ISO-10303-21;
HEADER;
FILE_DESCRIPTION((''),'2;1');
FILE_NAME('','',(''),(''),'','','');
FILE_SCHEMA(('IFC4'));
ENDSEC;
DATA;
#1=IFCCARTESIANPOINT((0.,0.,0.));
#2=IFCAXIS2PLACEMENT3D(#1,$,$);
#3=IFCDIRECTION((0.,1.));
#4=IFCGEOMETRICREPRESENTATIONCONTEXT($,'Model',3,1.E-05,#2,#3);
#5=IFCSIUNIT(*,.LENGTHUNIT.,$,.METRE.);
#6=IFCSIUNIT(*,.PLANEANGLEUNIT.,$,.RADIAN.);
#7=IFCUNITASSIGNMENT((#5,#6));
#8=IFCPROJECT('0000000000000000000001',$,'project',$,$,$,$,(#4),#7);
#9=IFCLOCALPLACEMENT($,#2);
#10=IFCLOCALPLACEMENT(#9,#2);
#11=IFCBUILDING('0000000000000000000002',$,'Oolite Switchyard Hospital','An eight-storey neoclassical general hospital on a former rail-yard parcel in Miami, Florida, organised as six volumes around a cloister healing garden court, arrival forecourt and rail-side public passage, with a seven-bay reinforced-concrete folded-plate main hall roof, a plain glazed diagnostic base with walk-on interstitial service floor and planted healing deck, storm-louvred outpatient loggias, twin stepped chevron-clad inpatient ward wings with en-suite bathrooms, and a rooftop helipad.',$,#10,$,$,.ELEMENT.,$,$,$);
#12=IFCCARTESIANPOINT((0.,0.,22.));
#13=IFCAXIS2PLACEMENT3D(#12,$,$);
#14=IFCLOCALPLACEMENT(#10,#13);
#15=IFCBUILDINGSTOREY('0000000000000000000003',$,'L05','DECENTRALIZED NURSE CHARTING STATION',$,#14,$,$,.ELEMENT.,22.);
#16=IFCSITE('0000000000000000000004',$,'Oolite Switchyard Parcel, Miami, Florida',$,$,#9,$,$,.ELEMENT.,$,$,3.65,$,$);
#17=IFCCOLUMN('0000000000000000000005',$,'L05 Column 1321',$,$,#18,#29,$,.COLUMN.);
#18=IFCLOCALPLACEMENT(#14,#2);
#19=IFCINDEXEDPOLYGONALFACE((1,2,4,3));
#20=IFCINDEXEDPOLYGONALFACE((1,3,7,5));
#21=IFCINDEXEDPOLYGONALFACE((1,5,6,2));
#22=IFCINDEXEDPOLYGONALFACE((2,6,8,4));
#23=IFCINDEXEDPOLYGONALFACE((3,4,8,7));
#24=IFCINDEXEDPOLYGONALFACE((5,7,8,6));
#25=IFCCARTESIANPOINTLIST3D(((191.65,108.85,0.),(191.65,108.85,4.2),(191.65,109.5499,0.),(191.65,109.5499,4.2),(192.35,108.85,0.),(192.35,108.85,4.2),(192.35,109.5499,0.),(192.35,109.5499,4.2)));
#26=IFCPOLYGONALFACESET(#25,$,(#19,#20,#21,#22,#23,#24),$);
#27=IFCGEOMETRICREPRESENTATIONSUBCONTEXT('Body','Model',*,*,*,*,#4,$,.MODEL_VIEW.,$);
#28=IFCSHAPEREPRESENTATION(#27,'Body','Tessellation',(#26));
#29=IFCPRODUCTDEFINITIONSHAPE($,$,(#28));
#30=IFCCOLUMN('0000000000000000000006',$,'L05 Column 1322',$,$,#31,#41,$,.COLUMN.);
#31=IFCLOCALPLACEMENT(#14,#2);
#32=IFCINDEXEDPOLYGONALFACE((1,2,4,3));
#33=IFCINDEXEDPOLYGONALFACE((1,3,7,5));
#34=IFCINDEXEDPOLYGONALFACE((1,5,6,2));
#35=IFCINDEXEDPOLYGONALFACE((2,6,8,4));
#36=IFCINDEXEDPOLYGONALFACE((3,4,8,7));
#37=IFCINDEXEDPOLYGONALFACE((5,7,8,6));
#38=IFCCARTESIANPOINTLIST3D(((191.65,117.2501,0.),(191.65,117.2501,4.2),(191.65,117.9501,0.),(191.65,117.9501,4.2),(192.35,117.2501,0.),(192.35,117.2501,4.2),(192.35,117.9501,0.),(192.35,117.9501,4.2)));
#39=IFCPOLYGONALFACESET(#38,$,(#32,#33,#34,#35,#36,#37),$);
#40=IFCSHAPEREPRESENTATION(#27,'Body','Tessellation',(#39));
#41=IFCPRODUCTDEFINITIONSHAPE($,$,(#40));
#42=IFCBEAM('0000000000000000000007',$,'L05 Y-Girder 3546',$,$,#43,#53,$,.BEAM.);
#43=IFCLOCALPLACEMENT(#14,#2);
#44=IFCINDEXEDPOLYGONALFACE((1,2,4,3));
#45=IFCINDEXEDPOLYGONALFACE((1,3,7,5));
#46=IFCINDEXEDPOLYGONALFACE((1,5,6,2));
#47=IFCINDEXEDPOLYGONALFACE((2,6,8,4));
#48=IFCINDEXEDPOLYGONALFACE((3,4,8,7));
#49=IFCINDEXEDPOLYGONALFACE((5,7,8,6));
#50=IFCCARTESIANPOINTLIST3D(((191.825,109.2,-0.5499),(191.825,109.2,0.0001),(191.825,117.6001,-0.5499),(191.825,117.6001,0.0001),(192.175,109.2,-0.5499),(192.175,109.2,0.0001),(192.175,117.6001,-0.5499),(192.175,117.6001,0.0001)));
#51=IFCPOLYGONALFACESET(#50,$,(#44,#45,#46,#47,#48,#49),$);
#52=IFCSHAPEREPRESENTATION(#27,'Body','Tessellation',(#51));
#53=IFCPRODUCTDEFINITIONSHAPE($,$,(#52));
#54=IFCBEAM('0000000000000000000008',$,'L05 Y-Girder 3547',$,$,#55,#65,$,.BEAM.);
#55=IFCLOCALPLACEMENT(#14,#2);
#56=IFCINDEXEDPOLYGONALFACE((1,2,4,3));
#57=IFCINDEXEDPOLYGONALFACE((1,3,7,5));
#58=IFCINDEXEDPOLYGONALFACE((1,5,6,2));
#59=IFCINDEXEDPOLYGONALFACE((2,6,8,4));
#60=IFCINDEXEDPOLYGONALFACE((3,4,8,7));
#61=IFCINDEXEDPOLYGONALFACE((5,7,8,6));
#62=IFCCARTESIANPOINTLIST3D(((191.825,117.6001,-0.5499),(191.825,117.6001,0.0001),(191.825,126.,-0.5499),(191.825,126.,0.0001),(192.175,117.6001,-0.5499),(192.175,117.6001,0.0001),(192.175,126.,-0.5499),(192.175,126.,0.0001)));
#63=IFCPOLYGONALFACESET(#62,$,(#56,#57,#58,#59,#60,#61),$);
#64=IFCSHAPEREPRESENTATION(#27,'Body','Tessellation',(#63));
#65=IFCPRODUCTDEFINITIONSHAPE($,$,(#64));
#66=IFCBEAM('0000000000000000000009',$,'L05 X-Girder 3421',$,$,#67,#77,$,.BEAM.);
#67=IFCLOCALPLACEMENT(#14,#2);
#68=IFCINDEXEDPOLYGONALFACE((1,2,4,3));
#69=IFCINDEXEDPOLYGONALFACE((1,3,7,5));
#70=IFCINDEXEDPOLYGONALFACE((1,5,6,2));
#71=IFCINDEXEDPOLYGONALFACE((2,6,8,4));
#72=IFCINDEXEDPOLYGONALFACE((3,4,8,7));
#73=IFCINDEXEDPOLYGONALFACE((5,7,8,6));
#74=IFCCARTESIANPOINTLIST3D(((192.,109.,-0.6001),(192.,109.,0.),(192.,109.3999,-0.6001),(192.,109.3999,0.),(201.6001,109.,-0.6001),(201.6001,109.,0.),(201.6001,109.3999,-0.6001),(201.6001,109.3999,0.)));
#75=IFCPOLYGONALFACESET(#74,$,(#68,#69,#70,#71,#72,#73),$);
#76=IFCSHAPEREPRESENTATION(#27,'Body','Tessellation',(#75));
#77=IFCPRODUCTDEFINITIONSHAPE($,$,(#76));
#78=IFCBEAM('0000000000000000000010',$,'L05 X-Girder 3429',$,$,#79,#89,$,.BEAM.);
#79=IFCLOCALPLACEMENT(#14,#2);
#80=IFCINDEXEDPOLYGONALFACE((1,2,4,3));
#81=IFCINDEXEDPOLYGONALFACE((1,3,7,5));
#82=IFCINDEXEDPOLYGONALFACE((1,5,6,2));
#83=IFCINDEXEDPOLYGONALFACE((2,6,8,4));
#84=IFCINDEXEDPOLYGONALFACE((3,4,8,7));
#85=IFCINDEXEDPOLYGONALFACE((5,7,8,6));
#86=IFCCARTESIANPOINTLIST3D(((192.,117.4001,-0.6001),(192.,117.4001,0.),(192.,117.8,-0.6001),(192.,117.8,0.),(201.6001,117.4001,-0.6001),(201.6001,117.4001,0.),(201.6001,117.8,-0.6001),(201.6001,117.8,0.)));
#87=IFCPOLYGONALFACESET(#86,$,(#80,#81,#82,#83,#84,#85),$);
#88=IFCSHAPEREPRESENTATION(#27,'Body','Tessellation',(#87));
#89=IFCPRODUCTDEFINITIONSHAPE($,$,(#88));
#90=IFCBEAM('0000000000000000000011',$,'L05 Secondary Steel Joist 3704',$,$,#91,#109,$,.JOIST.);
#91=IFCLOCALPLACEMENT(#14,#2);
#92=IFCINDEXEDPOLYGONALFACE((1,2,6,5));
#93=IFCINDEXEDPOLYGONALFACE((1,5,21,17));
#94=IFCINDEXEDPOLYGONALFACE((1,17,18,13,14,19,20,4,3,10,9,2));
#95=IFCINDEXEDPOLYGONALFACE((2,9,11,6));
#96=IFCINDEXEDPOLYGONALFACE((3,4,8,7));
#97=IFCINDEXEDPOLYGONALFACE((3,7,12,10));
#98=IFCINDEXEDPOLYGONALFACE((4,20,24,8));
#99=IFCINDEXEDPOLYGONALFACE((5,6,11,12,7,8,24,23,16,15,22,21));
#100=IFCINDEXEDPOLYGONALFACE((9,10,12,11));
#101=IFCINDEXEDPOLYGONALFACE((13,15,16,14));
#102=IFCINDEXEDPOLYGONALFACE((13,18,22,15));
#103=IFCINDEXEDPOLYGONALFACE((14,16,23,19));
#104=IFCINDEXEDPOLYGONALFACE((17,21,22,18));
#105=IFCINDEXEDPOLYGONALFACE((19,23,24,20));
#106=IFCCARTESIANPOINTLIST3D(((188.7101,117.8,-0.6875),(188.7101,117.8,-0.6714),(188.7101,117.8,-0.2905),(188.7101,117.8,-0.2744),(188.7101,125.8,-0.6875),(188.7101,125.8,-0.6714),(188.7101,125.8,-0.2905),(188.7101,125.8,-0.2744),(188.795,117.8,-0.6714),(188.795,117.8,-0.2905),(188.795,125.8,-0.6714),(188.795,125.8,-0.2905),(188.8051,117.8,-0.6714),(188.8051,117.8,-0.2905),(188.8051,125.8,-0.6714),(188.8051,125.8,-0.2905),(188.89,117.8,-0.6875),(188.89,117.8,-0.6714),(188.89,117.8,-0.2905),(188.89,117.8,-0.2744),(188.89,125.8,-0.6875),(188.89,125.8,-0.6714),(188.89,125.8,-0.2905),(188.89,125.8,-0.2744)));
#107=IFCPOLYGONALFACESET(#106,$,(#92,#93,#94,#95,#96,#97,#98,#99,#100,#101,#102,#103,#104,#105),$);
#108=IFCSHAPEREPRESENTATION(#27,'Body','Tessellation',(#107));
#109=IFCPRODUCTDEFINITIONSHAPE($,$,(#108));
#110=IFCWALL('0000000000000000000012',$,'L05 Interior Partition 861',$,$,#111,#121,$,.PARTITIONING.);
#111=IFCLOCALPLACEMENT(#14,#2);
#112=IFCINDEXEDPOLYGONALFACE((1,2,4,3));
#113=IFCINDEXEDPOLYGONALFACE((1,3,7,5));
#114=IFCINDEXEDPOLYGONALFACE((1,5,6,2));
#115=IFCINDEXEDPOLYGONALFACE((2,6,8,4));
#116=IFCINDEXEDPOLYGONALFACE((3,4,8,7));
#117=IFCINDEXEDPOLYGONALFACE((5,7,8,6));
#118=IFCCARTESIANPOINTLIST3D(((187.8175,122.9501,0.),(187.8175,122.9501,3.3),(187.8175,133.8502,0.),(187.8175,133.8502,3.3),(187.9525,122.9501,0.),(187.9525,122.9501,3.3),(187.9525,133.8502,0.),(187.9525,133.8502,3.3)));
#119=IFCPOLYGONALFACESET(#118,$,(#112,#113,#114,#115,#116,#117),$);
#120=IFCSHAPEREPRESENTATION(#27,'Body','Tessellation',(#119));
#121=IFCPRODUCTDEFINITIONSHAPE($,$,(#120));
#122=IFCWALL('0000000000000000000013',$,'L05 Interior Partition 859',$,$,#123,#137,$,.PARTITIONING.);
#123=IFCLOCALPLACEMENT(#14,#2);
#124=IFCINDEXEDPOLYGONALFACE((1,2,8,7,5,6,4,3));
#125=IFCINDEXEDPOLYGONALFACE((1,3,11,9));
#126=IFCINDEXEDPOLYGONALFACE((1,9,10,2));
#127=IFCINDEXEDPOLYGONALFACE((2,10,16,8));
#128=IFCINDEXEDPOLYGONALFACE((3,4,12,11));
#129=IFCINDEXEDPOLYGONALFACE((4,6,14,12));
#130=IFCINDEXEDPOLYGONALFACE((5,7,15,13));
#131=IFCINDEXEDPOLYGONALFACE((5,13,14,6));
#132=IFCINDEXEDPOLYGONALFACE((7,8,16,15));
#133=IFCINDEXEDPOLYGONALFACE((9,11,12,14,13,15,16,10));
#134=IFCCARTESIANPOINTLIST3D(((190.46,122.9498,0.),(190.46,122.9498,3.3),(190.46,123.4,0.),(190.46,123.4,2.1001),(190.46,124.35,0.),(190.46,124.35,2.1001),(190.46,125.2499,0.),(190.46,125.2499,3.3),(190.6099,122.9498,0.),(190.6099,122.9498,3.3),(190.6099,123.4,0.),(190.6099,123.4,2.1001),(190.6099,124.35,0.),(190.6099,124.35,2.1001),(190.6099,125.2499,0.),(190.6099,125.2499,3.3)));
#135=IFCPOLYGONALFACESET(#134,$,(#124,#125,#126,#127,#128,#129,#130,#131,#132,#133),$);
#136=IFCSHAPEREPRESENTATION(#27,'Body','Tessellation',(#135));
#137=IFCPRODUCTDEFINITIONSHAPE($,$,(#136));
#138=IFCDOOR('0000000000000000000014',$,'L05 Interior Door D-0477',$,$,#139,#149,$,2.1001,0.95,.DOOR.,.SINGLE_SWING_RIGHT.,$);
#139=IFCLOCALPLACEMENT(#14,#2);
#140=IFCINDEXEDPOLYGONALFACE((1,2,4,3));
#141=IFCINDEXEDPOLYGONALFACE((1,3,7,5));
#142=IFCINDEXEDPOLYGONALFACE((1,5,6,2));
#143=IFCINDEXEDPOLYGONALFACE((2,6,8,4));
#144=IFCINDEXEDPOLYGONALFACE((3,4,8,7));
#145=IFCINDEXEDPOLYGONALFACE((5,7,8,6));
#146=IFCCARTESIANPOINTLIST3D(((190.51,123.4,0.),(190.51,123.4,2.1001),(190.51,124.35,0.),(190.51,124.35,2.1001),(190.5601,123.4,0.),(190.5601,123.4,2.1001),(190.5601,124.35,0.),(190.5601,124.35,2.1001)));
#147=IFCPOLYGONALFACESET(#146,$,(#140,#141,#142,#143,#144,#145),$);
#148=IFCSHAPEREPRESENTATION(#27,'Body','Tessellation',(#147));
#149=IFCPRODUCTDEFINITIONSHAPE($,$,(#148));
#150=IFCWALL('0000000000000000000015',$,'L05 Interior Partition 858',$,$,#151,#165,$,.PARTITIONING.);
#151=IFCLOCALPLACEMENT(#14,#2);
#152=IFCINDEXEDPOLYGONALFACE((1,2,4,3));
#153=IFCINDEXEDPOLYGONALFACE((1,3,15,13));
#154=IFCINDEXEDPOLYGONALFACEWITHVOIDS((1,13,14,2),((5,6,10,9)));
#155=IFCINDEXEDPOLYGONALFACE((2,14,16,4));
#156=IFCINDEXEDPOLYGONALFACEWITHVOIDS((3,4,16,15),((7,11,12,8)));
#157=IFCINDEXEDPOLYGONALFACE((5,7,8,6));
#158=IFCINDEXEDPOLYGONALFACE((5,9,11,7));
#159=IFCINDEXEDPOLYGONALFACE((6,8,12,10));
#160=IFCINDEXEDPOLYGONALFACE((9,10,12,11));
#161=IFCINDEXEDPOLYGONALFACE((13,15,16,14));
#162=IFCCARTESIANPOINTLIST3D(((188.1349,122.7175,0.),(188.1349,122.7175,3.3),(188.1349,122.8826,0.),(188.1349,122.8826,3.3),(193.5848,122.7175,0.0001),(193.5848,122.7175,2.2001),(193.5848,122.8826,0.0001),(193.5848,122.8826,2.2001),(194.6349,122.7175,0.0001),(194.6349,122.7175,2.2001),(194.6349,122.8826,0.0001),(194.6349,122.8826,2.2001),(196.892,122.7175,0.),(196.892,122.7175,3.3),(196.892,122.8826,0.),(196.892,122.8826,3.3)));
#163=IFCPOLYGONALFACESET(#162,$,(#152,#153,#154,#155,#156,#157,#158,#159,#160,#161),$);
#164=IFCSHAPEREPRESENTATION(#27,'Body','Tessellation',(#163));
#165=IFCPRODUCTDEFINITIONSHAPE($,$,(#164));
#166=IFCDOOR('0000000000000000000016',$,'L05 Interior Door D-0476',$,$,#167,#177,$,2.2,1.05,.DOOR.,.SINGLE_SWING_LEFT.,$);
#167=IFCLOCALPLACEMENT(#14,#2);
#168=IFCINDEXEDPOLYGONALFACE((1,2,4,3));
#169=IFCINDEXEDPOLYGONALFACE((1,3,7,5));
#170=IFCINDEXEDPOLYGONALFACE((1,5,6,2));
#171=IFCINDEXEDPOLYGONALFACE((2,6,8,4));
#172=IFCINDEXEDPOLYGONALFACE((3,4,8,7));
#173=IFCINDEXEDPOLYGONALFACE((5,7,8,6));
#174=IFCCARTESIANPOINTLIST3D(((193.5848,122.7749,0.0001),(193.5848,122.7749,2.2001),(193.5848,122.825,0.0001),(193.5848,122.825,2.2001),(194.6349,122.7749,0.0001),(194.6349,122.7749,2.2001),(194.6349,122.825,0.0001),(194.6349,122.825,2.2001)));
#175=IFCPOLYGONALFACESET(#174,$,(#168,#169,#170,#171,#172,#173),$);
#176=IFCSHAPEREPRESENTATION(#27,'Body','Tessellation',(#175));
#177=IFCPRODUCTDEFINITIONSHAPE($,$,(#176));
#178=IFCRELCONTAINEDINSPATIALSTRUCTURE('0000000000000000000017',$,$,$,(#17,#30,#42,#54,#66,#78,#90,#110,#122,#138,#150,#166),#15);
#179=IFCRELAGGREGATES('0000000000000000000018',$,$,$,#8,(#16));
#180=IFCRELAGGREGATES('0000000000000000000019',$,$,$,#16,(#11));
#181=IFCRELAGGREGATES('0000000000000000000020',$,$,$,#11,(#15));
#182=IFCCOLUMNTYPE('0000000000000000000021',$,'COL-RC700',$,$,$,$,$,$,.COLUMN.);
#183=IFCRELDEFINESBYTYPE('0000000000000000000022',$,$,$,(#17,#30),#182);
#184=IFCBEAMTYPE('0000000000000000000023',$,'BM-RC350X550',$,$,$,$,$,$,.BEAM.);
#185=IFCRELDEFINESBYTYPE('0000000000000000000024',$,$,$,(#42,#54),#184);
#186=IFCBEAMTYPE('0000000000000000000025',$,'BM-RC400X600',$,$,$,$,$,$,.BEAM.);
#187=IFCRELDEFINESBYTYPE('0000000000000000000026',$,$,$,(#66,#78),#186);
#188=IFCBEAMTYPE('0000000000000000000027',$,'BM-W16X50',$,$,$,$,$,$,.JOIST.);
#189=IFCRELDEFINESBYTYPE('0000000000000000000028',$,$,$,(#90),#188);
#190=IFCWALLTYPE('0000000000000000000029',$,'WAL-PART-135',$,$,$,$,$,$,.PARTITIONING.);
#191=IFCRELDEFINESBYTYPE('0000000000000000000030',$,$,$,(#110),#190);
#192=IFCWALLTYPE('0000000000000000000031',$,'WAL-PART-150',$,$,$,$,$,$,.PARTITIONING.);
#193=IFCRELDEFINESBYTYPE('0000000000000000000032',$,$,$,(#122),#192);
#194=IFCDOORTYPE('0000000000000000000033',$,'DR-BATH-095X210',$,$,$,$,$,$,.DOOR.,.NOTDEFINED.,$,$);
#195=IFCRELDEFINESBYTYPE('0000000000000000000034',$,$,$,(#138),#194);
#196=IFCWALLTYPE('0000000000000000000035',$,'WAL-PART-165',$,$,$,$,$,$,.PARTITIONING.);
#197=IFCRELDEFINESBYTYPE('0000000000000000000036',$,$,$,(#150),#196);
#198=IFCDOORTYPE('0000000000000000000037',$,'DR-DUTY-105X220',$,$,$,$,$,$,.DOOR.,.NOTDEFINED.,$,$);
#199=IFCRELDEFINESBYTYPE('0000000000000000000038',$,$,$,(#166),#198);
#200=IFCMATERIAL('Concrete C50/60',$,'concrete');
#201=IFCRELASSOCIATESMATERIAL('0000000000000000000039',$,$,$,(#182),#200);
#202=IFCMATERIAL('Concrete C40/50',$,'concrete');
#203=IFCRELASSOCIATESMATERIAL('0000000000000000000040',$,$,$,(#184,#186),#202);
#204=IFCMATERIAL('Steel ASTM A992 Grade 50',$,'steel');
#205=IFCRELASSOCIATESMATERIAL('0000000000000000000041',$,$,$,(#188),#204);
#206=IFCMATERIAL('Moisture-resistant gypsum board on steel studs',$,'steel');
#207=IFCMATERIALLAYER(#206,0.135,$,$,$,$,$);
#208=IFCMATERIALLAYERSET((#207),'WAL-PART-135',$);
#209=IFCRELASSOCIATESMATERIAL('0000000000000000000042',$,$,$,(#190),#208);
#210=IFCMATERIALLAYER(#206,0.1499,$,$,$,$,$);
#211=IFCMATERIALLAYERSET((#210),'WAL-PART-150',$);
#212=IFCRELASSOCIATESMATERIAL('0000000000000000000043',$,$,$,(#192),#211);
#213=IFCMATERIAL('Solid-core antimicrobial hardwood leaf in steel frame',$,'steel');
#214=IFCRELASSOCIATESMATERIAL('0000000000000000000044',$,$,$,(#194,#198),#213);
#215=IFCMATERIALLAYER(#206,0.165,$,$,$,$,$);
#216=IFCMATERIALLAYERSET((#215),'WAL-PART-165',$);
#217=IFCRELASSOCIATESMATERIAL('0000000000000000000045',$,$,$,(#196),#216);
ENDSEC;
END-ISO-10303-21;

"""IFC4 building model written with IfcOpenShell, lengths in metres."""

from ifc_helpers import new_model, si_unit, direction, frame, frame_2d, origin, origin_2d, place, context, subcontext, project, spatial, rectangle, i_section, extrude, material, layer, layer_set, material_profile, profile_set, type_object, element, fill, save


model = new_model("IFC4")

# Units and contexts
model_context = context("Model", 3, precision=1e-05, world=origin(), true_north=direction((0.0, 1.0)))
body_context = subcontext(model_context, "Body", "Model", "MODEL_VIEW")
ifc_project = project(units=[si_unit("LENGTHUNIT", "METRE"), si_unit("PLANEANGLEUNIT", "RADIAN")], contexts=[model_context])

# Site, building, storey
site_placement = place(None, origin())
site = spatial("IfcSite", under=ifc_project, at=site_placement, Name="Oolite Switchyard Parcel, Miami, Florida", CompositionType="ELEMENT", RefElevation=3.65)
building_placement = place(site_placement, origin())
building = spatial("IfcBuilding", under=site, at=building_placement, Name="Oolite Switchyard Hospital", Description="An eight-storey neoclassical general hospital on a former rail-yard parcel in Miami, Florida, organised as six volumes around a cloister healing garden court, arrival forecourt and rail-side public passage, with a seven-bay reinforced-concrete folded-plate main hall roof, a plain glazed diagnostic base with walk-on interstitial service floor and planted healing deck, storm-louvred outpatient loggias, twin stepped chevron-clad inpatient ward wings with en-suite bathrooms, and a rooftop helipad.", CompositionType="ELEMENT")
storey_placement = place(building_placement, frame((0.0, 0.0, 22.0)))
storey = spatial("IfcBuildingStorey", under=building, at=storey_placement, Name="L05", Description="DECENTRALIZED NURSE CHARTING STATION", CompositionType="ELEMENT", Elevation=22.0)

# Columns
ifc_material_1 = material(Name="Concrete C50/60", Category="concrete")
ifc_material_profile_1 = material_profile(ifc_material_1, rectangle(XDim=0.7, YDim=0.7, at=origin_2d()), Name="RC700X700")
ifc_profile_set_1 = profile_set([ifc_material_profile_1], Name="Concrete C50/60")
column_type = type_object("IfcColumnType", Name="COL-RC700", PredefinedType="COLUMN", material=ifc_profile_set_1)
for number, where, z_axis, x_axis, name in (
    (1, (192.0, 109.2, 0.0), (0.0, 0.0, 1.0), (1.0, 0.0, 0.0), "L05 Column 1321"),
    (2, (192.0, 117.6001, 0.0), (0.0, 0.0, 1.0), (1.0, 0.0, 0.0), "L05 Column 1322"),
):
    element("IfcColumn", number, at=place(storey_placement, frame(where, z_axis=z_axis, x_axis=x_axis)), inside=storey, type_object=column_type, Name=name, PredefinedType="COLUMN", context=body_context, shape_type="SweptSolid", body=[
        extrude(rectangle(XDim=0.7, YDim=0.7, at=origin_2d()), origin(), (0.0, 0.0, 1.0), 4.2),
    ])

# Beams
ifc_material_2 = material(Name="Concrete C40/50", Category="concrete")
ifc_material_profile_2 = material_profile(ifc_material_2, rectangle(XDim=0.3501, YDim=0.55, at=origin_2d()), Name="RCB350X550")
ifc_profile_set_2 = profile_set([ifc_material_profile_2], Name="Concrete C40/50")
beam_type_1 = type_object("IfcBeamType", Name="BM-RC350X550", PredefinedType="BEAM", material=ifc_profile_set_2)
beam_1_placement = place(storey_placement, frame((192.0, 109.2, -0.2749), z_axis=(0.0, 1.0, 0.0), x_axis=(-1.0, 0.0, 0.0)))
element("IfcBeam", 3, at=beam_1_placement, inside=storey, type_object=beam_type_1, Name="L05 Y-Girder 3546", PredefinedType="BEAM", context=body_context, shape_type="SweptSolid", body=[
    extrude(rectangle(XDim=0.3501, YDim=0.55, at=origin_2d()), origin(), (0.0, 0.0, 1.0), 8.4001),
])
beam_2_placement = place(storey_placement, frame((192.0, 117.6001, -0.2749), z_axis=(0.0, 1.0, 0.0), x_axis=(-1.0, 0.0, 0.0)))
element("IfcBeam", 4, at=beam_2_placement, inside=storey, type_object=beam_type_1, Name="L05 Y-Girder 3547", PredefinedType="BEAM", context=body_context, shape_type="SweptSolid", body=[
    extrude(rectangle(XDim=0.3501, YDim=0.55, at=origin_2d()), origin(), (0.0, 0.0, 1.0), 8.3999),
])
ifc_material_profile_3 = material_profile(ifc_material_2, rectangle(XDim=0.3999, YDim=0.6001, at=origin_2d()), Name="RCB400X600")
ifc_profile_set_3 = profile_set([ifc_material_profile_3], Name="Concrete C40/50")
beam_type_2 = type_object("IfcBeamType", Name="BM-RC400X600", PredefinedType="BEAM", material=ifc_profile_set_3)
for number, where, z_axis, x_axis, name in (
    (5, (192.0, 109.2, -0.3), (1.0, 0.0, 0.0), (0.0, 1.0, 0.0), "L05 X-Girder 3421"),
    (6, (192.0, 117.6001, -0.3), (1.0, 0.0, 0.0), (0.0, 1.0, 0.0), "L05 X-Girder 3429"),
):
    element("IfcBeam", number, at=place(storey_placement, frame(where, z_axis=z_axis, x_axis=x_axis)), inside=storey, type_object=beam_type_2, Name=name, PredefinedType="BEAM", context=body_context, shape_type="SweptSolid", body=[
        extrude(rectangle(XDim=0.3999, YDim=0.6001, at=origin_2d()), origin(), (0.0, 0.0, 1.0), 9.6001),
    ])
ifc_material_3 = material(Name="Steel ASTM A992 Grade 50", Category="steel")
ifc_material_profile_4 = material_profile(ifc_material_3, i_section(OverallWidth=0.1799, OverallDepth=0.4131, WebThickness=0.01, FlangeThickness=0.0161, at=origin_2d()), Name="W16X50")
ifc_profile_set_4 = profile_set([ifc_material_profile_4], Name="Steel ASTM A992 Grade 50")
beam_type_3 = type_object("IfcBeamType", Name="BM-W16X50", PredefinedType="JOIST", material=ifc_profile_set_4)
beam_3_placement = place(storey_placement, frame((188.8, 117.8, -0.481), z_axis=(0.0, 1.0, 0.0), x_axis=(-1.0, 0.0, 0.0)))
element("IfcBeam", 7, at=beam_3_placement, inside=storey, type_object=beam_type_3, Name="L05 Secondary Steel Joist 3704", PredefinedType="JOIST", context=body_context, shape_type="SweptSolid", body=[
    extrude(i_section(OverallWidth=0.1799, OverallDepth=0.4131, WebThickness=0.01, FlangeThickness=0.0161, at=origin_2d()), origin(), (0.0, 0.0, 1.0), 8.0),
])

# Wall
ifc_material_4 = material(Name="Moisture-resistant gypsum board on steel studs", Category="steel")
ifc_layer_1 = layer(ifc_material_4, 0.135)
ifc_layer_set_1 = layer_set([ifc_layer_1], Name="WAL-PART-135")
wall_type_1 = type_object("IfcWallType", Name="WAL-PART-135", PredefinedType="PARTITIONING", material=ifc_layer_set_1)
wall_1_placement = place(storey_placement, frame((187.885, 122.95, 0.0), z_axis=(0.0, 0.0, 1.0), x_axis=(0.0, 1.0, 0.0)))
element("IfcWall", 8, at=wall_1_placement, inside=storey, type_object=wall_type_1, Name="L05 Interior Partition 861", PredefinedType="PARTITIONING", context=body_context, shape_type="SweptSolid", body=[
    extrude(rectangle(XDim=10.9001, YDim=0.135, at=frame_2d((5.4502, 0.0))), origin(), (0.0, 0.0, 1.0), 3.3),
])

# Walls, openings, doors
ifc_layer_2 = layer(ifc_material_4, 0.1499)
ifc_layer_set_2 = layer_set([ifc_layer_2], Name="WAL-PART-150")
wall_type_2 = type_object("IfcWallType", Name="WAL-PART-150", PredefinedType="PARTITIONING", material=ifc_layer_set_2)
wall_2_placement = place(storey_placement, frame((190.5349, 122.95, 0.0), z_axis=(0.0, 0.0, 1.0), x_axis=(0.0, 1.0, 0.0)))
wall_2 = element("IfcWall", 9, at=wall_2_placement, inside=storey, type_object=wall_type_2, Name="L05 Interior Partition 859", PredefinedType="PARTITIONING", context=body_context, shape_type="SweptSolid", body=[
    extrude(rectangle(XDim=2.3, YDim=0.1499, at=frame_2d((1.1499, 0.0))), origin(), (0.0, 0.0, 1.0), 3.3),
])
opening_1_placement = place(wall_2_placement, frame((0.45, 0.0, 0.0)))
opening_1 = element("IfcOpeningElement", 10, at=opening_1_placement, cuts=wall_2, PredefinedType="OPENING", context=body_context, shape_type="SweptSolid", body=[
    extrude(rectangle(XDim=0.95, YDim=2.1001, at=frame_2d((0.4751, 1.05))), frame((0.0, 0.085, 0.0), z_axis=(0.0, -1.0, 0.0), x_axis=(1.0, 0.0, 0.0)), (0.0, 0.0, 1.0), 0.1699),
])
ifc_material_5 = material(Name="Solid-core antimicrobial hardwood leaf in steel frame", Category="steel")
door_type_1 = type_object("IfcDoorType", Name="DR-BATH-095X210", OperationType="NOTDEFINED", PredefinedType="DOOR", material=ifc_material_5)
door_1_placement = place(opening_1_placement, origin())
door_1 = element("IfcDoor", 11, at=door_1_placement, inside=storey, type_object=door_type_1, Name="L05 Interior Door D-0477", OperationType="SINGLE_SWING_RIGHT", OverallHeight=2.1001, OverallWidth=0.95, PredefinedType="DOOR", context=body_context, shape_type="SweptSolid", body=[
    extrude(rectangle(XDim=0.95, YDim=2.1001, at=frame_2d((0.4751, 1.05))), frame((0.0, 0.0249, 0.0), z_axis=(0.0, -1.0, 0.0), x_axis=(1.0, 0.0, 0.0)), (0.0, 0.0, 1.0), 0.05),
])
fill(opening_1, door_1)
ifc_layer_3 = layer(ifc_material_4, 0.165)
ifc_layer_set_3 = layer_set([ifc_layer_3], Name="WAL-PART-165")
wall_type_3 = type_object("IfcWallType", Name="WAL-PART-165", PredefinedType="PARTITIONING", material=ifc_layer_set_3)
wall_3_placement = place(storey_placement, frame((188.135, 122.8, 0.0), z_axis=(0.0, 0.0, 1.0), x_axis=(1.0, 0.0, 0.0)))
wall_3 = element("IfcWall", 12, at=wall_3_placement, inside=storey, type_object=wall_type_3, Name="L05 Interior Partition 858", PredefinedType="PARTITIONING", context=body_context, shape_type="SweptSolid", body=[
    extrude(rectangle(XDim=8.7571, YDim=0.165, at=frame_2d((4.3784, 0.0))), origin(), (0.0, 0.0, 1.0), 3.3),
])
opening_2_placement = place(wall_3_placement, frame((5.45, 0.0, 0.0)))
opening_2 = element("IfcOpeningElement", 13, at=opening_2_placement, cuts=wall_3, PredefinedType="OPENING", context=body_context, shape_type="SweptSolid", body=[
    extrude(rectangle(XDim=1.05, YDim=2.2, at=frame_2d((0.5249, 1.1001))), frame((0.0, 0.0925, 0.0), z_axis=(0.0, -1.0, 0.0), x_axis=(1.0, 0.0, 0.0)), (0.0, 0.0, 1.0), 0.1851),
])
door_type_2 = type_object("IfcDoorType", Name="DR-DUTY-105X220", OperationType="NOTDEFINED", PredefinedType="DOOR", material=ifc_material_5)
door_2_placement = place(opening_2_placement, origin())
door_2 = element("IfcDoor", 14, at=door_2_placement, inside=storey, type_object=door_type_2, Name="L05 Interior Door D-0476", OperationType="SINGLE_SWING_LEFT", OverallHeight=2.2, OverallWidth=1.05, PredefinedType="DOOR", context=body_context, shape_type="SweptSolid", body=[
    extrude(rectangle(XDim=1.05, YDim=2.2, at=frame_2d((0.5249, 1.1001))), frame((0.0, 0.0249, 0.0), z_axis=(0.0, -1.0, 0.0), x_axis=(1.0, 0.0, 0.0)), (0.0, 0.0, 1.0), 0.05),
])
fill(opening_2, door_2)

save(model, "model.ifc")
